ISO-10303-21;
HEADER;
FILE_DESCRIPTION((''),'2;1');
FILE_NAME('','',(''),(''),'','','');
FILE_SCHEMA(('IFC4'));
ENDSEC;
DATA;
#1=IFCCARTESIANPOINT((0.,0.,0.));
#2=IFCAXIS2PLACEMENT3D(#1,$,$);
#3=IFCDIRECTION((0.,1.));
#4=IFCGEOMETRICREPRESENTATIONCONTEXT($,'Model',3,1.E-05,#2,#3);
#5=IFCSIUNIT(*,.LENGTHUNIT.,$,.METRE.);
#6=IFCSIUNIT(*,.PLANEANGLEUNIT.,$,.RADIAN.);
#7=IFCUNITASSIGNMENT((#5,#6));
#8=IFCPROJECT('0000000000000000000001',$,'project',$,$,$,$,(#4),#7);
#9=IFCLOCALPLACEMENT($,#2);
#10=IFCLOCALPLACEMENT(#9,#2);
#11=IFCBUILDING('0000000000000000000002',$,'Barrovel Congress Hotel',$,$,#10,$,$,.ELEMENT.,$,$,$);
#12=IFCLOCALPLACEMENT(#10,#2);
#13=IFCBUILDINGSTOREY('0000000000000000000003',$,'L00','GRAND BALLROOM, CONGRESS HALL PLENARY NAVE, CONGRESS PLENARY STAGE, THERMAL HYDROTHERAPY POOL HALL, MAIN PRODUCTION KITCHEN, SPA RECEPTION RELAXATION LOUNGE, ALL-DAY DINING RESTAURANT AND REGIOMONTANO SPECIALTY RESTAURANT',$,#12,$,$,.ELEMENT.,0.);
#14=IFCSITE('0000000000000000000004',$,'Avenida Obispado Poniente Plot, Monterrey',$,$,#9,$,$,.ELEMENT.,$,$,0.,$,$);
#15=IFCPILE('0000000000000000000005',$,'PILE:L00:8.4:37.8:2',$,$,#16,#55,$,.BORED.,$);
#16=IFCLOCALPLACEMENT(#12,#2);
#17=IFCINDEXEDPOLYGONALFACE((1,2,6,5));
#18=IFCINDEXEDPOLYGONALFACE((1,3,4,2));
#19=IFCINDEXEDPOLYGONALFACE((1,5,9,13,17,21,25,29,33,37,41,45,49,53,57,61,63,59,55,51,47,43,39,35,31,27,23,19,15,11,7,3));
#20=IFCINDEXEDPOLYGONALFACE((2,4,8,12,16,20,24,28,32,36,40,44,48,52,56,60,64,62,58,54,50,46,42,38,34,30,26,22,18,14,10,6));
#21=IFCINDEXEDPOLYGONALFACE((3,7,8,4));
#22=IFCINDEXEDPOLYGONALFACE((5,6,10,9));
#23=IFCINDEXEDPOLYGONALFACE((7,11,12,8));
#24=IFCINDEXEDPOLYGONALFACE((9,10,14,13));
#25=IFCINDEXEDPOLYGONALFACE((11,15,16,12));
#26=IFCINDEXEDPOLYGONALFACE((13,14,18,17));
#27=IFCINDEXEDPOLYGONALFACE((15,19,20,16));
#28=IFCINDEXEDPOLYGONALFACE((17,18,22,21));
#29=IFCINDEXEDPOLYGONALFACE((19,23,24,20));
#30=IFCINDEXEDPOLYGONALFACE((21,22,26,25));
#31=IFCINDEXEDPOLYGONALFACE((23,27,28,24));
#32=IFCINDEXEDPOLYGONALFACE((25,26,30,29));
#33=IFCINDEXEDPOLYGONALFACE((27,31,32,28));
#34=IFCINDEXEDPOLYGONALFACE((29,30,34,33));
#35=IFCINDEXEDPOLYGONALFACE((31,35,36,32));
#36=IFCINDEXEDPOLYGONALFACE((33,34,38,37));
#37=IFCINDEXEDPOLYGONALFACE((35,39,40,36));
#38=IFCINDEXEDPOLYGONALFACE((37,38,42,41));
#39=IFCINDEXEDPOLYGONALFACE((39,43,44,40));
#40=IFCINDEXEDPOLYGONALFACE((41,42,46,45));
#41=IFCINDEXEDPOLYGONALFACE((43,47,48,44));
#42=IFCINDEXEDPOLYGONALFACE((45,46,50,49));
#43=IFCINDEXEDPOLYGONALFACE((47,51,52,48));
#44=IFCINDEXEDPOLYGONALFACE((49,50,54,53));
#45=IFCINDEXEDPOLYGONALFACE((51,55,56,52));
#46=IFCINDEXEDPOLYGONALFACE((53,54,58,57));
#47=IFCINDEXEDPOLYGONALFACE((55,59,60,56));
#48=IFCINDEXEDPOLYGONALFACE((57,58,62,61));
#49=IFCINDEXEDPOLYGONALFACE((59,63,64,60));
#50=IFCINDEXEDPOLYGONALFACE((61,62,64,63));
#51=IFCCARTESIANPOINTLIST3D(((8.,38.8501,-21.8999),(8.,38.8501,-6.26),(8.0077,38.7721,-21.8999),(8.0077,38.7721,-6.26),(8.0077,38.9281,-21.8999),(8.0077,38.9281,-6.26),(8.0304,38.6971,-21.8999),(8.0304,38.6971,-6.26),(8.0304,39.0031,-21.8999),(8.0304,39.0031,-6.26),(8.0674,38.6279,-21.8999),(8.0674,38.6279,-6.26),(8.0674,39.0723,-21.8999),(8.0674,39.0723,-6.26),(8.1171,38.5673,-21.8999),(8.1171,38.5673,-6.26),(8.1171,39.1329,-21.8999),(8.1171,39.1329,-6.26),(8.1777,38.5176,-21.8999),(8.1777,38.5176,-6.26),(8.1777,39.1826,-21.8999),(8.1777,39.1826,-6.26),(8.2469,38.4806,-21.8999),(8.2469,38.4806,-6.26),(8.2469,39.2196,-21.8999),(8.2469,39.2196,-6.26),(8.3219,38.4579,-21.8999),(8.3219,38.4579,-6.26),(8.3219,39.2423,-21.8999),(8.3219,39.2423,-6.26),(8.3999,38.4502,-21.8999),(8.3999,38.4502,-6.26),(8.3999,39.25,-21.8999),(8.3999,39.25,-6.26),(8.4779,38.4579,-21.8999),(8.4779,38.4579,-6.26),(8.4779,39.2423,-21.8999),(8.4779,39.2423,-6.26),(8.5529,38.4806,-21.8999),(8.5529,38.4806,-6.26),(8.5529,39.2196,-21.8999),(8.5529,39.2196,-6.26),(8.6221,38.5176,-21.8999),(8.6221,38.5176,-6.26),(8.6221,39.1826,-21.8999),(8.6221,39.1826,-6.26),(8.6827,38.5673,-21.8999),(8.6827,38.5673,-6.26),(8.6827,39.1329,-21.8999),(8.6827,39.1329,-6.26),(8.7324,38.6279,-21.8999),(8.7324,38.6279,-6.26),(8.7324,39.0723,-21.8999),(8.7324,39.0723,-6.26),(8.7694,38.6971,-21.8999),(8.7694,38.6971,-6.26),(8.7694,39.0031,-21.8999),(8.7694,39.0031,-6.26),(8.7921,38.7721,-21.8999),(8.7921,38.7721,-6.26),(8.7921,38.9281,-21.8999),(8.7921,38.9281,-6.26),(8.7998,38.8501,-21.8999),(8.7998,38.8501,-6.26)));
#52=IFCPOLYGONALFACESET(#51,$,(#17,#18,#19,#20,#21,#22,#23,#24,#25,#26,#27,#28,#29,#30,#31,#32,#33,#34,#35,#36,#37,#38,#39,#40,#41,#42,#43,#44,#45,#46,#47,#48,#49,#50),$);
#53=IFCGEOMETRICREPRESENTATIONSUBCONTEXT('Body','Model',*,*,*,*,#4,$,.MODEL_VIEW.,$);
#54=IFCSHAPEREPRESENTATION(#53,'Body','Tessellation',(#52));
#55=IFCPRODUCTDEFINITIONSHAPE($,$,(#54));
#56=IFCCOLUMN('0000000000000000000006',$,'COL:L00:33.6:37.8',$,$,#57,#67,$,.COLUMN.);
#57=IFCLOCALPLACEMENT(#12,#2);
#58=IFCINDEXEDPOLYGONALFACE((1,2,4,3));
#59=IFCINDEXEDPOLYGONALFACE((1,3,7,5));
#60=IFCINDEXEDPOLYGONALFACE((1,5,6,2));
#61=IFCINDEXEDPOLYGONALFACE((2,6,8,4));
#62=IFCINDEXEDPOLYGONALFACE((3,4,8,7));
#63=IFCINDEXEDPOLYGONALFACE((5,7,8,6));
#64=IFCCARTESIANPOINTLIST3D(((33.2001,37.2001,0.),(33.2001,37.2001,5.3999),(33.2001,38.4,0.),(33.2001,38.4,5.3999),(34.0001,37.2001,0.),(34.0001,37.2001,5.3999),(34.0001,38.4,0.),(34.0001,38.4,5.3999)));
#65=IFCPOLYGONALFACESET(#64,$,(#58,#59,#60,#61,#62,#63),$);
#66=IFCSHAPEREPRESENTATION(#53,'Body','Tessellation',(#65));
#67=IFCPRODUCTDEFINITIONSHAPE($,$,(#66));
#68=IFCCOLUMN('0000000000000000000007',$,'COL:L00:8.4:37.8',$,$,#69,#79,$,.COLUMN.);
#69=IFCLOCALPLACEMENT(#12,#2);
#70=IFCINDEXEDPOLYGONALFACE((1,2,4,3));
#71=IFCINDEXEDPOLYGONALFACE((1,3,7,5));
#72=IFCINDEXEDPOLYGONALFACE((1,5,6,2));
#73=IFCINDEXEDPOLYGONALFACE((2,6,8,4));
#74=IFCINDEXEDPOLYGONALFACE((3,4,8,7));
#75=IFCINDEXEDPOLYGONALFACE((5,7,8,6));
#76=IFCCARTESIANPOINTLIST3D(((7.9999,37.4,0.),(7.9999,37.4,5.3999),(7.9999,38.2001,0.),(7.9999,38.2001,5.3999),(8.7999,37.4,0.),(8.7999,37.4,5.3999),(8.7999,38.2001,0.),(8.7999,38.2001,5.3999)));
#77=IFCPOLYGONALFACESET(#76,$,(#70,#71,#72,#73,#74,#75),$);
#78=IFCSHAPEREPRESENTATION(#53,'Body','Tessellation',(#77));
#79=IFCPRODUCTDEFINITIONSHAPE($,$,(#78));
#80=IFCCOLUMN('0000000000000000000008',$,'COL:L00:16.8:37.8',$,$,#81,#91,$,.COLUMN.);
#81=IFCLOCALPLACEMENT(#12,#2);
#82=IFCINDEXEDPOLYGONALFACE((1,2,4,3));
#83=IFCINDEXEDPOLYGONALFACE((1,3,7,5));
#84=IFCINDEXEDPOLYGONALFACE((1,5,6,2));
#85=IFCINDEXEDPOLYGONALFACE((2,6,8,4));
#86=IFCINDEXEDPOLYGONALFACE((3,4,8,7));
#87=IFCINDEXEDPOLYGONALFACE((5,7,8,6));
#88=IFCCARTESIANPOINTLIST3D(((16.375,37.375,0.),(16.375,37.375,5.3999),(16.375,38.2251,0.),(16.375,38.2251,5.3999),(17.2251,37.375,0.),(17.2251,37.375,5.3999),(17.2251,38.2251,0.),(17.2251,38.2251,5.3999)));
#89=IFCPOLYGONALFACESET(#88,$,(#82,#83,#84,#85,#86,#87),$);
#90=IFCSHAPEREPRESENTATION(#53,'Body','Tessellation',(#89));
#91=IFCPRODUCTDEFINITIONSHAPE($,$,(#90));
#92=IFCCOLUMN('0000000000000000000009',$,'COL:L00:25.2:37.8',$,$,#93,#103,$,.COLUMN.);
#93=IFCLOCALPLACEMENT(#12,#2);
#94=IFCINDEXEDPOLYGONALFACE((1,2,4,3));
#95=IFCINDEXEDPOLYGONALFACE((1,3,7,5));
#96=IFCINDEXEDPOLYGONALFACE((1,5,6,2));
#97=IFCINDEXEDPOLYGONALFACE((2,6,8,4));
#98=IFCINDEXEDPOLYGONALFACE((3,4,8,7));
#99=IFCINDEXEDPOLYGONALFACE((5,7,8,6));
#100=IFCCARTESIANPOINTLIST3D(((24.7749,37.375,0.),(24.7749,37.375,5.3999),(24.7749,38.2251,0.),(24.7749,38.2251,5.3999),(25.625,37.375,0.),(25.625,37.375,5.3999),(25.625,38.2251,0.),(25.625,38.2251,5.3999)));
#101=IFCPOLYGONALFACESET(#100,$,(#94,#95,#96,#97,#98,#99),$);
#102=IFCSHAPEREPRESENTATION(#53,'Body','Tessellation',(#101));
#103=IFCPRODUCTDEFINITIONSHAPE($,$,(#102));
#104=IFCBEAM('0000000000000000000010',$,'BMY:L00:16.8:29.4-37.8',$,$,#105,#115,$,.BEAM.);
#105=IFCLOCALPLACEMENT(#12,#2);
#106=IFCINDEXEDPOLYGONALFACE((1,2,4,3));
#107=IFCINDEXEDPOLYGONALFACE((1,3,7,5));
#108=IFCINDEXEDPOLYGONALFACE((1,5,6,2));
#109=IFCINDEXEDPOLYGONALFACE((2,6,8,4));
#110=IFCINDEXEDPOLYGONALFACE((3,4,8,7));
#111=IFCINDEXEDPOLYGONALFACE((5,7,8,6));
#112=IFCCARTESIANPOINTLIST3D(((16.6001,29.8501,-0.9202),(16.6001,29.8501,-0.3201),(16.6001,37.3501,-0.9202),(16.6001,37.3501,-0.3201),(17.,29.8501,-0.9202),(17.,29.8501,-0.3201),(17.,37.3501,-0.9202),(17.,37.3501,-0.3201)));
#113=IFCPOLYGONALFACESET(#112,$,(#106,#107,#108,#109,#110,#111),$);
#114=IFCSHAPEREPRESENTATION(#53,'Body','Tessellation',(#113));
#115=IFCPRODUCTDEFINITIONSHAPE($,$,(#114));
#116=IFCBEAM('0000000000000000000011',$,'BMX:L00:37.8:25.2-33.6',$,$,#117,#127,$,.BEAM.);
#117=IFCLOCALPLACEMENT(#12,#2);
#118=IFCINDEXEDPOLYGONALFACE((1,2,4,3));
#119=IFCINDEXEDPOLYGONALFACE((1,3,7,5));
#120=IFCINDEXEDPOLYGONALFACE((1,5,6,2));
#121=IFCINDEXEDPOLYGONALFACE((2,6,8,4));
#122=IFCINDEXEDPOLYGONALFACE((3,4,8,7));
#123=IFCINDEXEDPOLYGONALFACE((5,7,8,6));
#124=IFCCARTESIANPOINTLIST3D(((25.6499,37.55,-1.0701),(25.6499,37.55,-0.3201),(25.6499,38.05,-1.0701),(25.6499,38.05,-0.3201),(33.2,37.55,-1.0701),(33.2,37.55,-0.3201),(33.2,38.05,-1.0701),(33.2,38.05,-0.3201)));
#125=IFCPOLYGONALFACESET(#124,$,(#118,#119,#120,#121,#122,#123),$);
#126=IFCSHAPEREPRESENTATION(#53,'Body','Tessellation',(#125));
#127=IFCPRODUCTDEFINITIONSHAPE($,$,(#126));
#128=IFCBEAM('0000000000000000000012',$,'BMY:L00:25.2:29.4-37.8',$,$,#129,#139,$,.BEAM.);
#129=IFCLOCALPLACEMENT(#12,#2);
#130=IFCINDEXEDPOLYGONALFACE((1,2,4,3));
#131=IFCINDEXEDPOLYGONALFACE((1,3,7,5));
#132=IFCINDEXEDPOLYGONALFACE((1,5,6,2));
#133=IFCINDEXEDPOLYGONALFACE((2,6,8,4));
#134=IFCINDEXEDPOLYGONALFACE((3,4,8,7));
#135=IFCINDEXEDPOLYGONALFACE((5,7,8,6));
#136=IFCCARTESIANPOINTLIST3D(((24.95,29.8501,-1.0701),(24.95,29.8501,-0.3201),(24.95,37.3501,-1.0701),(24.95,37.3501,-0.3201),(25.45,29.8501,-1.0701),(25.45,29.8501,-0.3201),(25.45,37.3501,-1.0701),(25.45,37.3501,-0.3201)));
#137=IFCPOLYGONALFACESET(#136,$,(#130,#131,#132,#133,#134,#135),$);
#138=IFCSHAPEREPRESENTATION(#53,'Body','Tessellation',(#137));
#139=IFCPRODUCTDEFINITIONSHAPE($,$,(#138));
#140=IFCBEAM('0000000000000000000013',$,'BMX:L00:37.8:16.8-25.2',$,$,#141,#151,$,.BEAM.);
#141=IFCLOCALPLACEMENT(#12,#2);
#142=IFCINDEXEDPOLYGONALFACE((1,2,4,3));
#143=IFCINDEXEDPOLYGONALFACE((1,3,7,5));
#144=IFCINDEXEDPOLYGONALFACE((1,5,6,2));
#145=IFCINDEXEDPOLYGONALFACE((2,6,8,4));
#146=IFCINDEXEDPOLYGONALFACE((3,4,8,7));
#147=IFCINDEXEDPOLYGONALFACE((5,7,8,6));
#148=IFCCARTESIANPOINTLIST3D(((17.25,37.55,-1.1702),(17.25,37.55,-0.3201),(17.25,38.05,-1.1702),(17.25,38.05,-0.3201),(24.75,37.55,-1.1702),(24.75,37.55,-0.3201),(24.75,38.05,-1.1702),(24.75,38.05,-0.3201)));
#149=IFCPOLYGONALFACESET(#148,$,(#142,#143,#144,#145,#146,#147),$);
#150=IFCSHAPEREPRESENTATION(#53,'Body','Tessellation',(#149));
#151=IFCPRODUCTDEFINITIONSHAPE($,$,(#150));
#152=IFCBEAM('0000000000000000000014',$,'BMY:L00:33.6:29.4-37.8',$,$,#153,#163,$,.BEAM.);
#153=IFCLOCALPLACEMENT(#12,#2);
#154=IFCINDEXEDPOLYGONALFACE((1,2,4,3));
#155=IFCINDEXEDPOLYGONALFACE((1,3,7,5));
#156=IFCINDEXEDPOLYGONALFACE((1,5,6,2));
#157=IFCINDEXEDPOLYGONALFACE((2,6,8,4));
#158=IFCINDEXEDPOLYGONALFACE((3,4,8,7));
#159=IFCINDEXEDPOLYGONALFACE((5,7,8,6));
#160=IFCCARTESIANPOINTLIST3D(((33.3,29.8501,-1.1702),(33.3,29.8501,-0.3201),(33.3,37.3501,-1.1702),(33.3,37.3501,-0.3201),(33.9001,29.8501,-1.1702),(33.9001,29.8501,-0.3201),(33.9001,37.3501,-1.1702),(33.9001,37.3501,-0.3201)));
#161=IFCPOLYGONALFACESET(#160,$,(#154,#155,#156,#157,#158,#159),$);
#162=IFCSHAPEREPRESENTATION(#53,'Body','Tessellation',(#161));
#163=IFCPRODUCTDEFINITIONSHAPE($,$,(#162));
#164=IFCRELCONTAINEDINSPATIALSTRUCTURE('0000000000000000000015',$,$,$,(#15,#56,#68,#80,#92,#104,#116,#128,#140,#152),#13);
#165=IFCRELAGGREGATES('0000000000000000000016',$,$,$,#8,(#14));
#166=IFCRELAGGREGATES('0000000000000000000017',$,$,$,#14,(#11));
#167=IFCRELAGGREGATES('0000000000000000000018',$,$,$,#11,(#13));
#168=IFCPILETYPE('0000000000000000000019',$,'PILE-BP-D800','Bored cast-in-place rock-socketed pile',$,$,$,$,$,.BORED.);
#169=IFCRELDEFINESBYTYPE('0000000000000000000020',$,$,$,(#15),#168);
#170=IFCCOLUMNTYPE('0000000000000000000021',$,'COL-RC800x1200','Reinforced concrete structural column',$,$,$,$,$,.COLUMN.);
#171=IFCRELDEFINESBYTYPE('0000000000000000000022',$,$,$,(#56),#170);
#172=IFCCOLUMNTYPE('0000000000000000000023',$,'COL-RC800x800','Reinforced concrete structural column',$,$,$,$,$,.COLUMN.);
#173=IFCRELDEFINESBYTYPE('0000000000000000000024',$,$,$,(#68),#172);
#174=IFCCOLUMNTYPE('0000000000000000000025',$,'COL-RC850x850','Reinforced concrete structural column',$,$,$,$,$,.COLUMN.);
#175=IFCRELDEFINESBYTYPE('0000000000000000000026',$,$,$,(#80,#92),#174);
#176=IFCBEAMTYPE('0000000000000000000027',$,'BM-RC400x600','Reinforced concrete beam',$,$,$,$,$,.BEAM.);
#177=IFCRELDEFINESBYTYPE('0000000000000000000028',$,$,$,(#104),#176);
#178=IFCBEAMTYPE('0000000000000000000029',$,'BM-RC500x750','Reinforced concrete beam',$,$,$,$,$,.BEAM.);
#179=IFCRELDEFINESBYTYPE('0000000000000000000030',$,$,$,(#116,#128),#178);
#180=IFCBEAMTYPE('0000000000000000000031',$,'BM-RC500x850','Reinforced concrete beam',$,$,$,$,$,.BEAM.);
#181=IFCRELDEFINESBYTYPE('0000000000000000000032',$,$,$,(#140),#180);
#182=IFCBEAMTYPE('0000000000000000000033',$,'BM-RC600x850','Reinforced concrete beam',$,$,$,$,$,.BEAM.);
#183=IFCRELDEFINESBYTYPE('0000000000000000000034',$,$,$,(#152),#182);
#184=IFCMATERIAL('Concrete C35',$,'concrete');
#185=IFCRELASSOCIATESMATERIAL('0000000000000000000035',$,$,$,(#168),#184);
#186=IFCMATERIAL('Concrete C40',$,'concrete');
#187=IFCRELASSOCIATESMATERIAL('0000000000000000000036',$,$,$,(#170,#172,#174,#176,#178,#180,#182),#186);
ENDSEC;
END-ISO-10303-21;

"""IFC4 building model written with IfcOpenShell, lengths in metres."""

from ifc_helpers import new_model, si_unit, direction, frame, origin, origin_2d, place, context, subcontext, project, spatial, rectangle, circle, extrude, material, material_profile, profile_set, type_object, element, save


model = new_model("IFC4")

# Units and contexts
model_context = context("Model", 3, precision=1e-05, world=origin(), true_north=direction((0.0, 1.0)))
body_context = subcontext(model_context, "Body", "Model", "MODEL_VIEW")
ifc_project = project(units=[si_unit("LENGTHUNIT", "METRE"), si_unit("PLANEANGLEUNIT", "RADIAN")], contexts=[model_context])

# Site, building, storey
site_placement = place(None, origin())
site = spatial("IfcSite", under=ifc_project, at=site_placement, Name="Avenida Obispado Poniente Plot, Monterrey", CompositionType="ELEMENT", RefElevation=0.0)
building_placement = place(site_placement, origin())
building = spatial("IfcBuilding", under=site, at=building_placement, Name="Barrovel Congress Hotel", CompositionType="ELEMENT")
storey_placement = place(building_placement, origin())
storey = spatial("IfcBuildingStorey", under=building, at=storey_placement, Name="L00", Description="GRAND BALLROOM, CONGRESS HALL PLENARY NAVE, CONGRESS PLENARY STAGE, THERMAL HYDROTHERAPY POOL HALL, MAIN PRODUCTION KITCHEN, SPA RECEPTION RELAXATION LOUNGE, ALL-DAY DINING RESTAURANT AND REGIOMONTANO SPECIALTY RESTAURANT", CompositionType="ELEMENT", Elevation=0.0)

# Shared definitions
ifc_material_1 = material(Name="Concrete C40", Category="concrete")

# Pile
ifc_material_2 = material(Name="Concrete C35", Category="concrete")
ifc_material_profile_1 = material_profile(ifc_material_2, circle(Radius=0.3999, at=origin_2d()), Name="BP-D800")
ifc_profile_set_1 = profile_set([ifc_material_profile_1], Name="Concrete C35")
pile_type_1 = type_object("IfcPileType", Name="PILE-BP-D800", Description="Bored cast-in-place rock-socketed pile", PredefinedType="BORED", material=ifc_profile_set_1)
for number, where, z_axis, x_axis, name in (
    (1, (8.3999, 38.8501, -6.26), (0.0, 0.0, -1.0), (1.0, 0.0, 0.0), "PILE:L00:8.4:37.8:2"),
):
    element("IfcPile", number, at=place(storey_placement, frame(where, z_axis=z_axis, x_axis=x_axis)), inside=storey, type_object=pile_type_1, Name=name, PredefinedType="BORED", context=body_context, shape_type="SweptSolid", body=[
        extrude(circle(Radius=0.3999, at=origin_2d()), origin(), (0.0, 0.0, 1.0), 15.6399),
    ])

# Columns
ifc_material_profile_2 = material_profile(ifc_material_1, rectangle(XDim=0.8, YDim=1.2, at=origin_2d()), Name="RC800x1200")
ifc_profile_set_2 = profile_set([ifc_material_profile_2], Name="Concrete C40")
column_type_1 = type_object("IfcColumnType", Name="COL-RC800x1200", Description="Reinforced concrete structural column", PredefinedType="COLUMN", material=ifc_profile_set_2)
column_1_placement = place(storey_placement, frame((33.6001, 37.8, 0.0), z_axis=(0.0, 0.0, 1.0), x_axis=(1.0, 0.0, 0.0)))
element("IfcColumn", 2, at=column_1_placement, inside=storey, type_object=column_type_1, Name="COL:L00:33.6:37.8", PredefinedType="COLUMN", context=body_context, shape_type="SweptSolid", body=[
    extrude(rectangle(XDim=0.8, YDim=1.2, at=origin_2d()), origin(), (0.0, 0.0, 1.0), 5.3999),
])
ifc_material_profile_3 = material_profile(ifc_material_1, rectangle(XDim=0.8, YDim=0.8, at=origin_2d()), Name="RC800x800")
ifc_profile_set_3 = profile_set([ifc_material_profile_3], Name="Concrete C40")
column_type_2 = type_object("IfcColumnType", Name="COL-RC800x800", Description="Reinforced concrete structural column", PredefinedType="COLUMN", material=ifc_profile_set_3)
column_2_placement = place(storey_placement, frame((8.3999, 37.8, 0.0), z_axis=(0.0, 0.0, 1.0), x_axis=(1.0, 0.0, 0.0)))
element("IfcColumn", 3, at=column_2_placement, inside=storey, type_object=column_type_2, Name="COL:L00:8.4:37.8", PredefinedType="COLUMN", context=body_context, shape_type="SweptSolid", body=[
    extrude(rectangle(XDim=0.8, YDim=0.8, at=origin_2d()), origin(), (0.0, 0.0, 1.0), 5.3999),
])
ifc_material_profile_4 = material_profile(ifc_material_1, rectangle(XDim=0.8501, YDim=0.8501, at=origin_2d()), Name="RC850x850")
ifc_profile_set_4 = profile_set([ifc_material_profile_4], Name="Concrete C40")
column_type_3 = type_object("IfcColumnType", Name="COL-RC850x850", Description="Reinforced concrete structural column", PredefinedType="COLUMN", material=ifc_profile_set_4)
for number, where, z_axis, x_axis, name in (
    (4, (16.8, 37.8, 0.0), (0.0, 0.0, 1.0), (1.0, 0.0, 0.0), "COL:L00:16.8:37.8"),
    (5, (25.2, 37.8, 0.0), (0.0, 0.0, 1.0), (1.0, 0.0, 0.0), "COL:L00:25.2:37.8"),
):
    element("IfcColumn", number, at=place(storey_placement, frame(where, z_axis=z_axis, x_axis=x_axis)), inside=storey, type_object=column_type_3, Name=name, PredefinedType="COLUMN", context=body_context, shape_type="SweptSolid", body=[
        extrude(rectangle(XDim=0.8501, YDim=0.8501, at=origin_2d()), origin(), (0.0, 0.0, 1.0), 5.3999),
    ])

# Beams
ifc_material_profile_5 = material_profile(ifc_material_1, rectangle(XDim=0.3999, YDim=0.6001, at=origin_2d()), Name="RC400x600")
ifc_profile_set_5 = profile_set([ifc_material_profile_5], Name="Concrete C40")
beam_type_1 = type_object("IfcBeamType", Name="BM-RC400x600", Description="Reinforced concrete beam", PredefinedType="BEAM", material=ifc_profile_set_5)
beam_1_placement = place(storey_placement, frame((16.8, 29.8501, -0.6201), z_axis=(0.0, 1.0, 0.0), x_axis=(-1.0, 0.0, 0.0)))
element("IfcBeam", 6, at=beam_1_placement, inside=storey, type_object=beam_type_1, Name="BMY:L00:16.8:29.4-37.8", PredefinedType="BEAM", context=body_context, shape_type="SweptSolid", body=[
    extrude(rectangle(XDim=0.3999, YDim=0.6001, at=origin_2d()), origin(), (0.0, 0.0, 1.0), 7.5),
])
ifc_material_profile_6 = material_profile(ifc_material_1, rectangle(XDim=0.5, YDim=0.75, at=origin_2d()), Name="RC500x750")
ifc_profile_set_6 = profile_set([ifc_material_profile_6], Name="Concrete C40")
beam_type_2 = type_object("IfcBeamType", Name="BM-RC500x750", Description="Reinforced concrete beam", PredefinedType="BEAM", material=ifc_profile_set_6)
beam_2_placement = place(storey_placement, frame((25.6499, 37.8, -0.6951), z_axis=(1.0, 0.0, 0.0), x_axis=(0.0, 1.0, 0.0)))
element("IfcBeam", 7, at=beam_2_placement, inside=storey, type_object=beam_type_2, Name="BMX:L00:37.8:25.2-33.6", PredefinedType="BEAM", context=body_context, shape_type="SweptSolid", body=[
    extrude(rectangle(XDim=0.5, YDim=0.75, at=origin_2d()), origin(), (0.0, 0.0, 1.0), 7.55),
])
beam_3_placement = place(storey_placement, frame((25.2, 29.8501, -0.6951), z_axis=(0.0, 1.0, 0.0), x_axis=(-1.0, 0.0, 0.0)))
element("IfcBeam", 8, at=beam_3_placement, inside=storey, type_object=beam_type_2, Name="BMY:L00:25.2:29.4-37.8", PredefinedType="BEAM", context=body_context, shape_type="SweptSolid", body=[
    extrude(rectangle(XDim=0.5, YDim=0.75, at=origin_2d()), origin(), (0.0, 0.0, 1.0), 7.5),
])
ifc_material_profile_7 = material_profile(ifc_material_1, rectangle(XDim=0.5, YDim=0.8501, at=origin_2d()), Name="RC500x850")
ifc_profile_set_7 = profile_set([ifc_material_profile_7], Name="Concrete C40")
beam_type_3 = type_object("IfcBeamType", Name="BM-RC500x850", Description="Reinforced concrete beam", PredefinedType="BEAM", material=ifc_profile_set_7)
beam_4_placement = place(storey_placement, frame((17.25, 37.8, -0.7451), z_axis=(1.0, 0.0, 0.0), x_axis=(0.0, 1.0, 0.0)))
element("IfcBeam", 9, at=beam_4_placement, inside=storey, type_object=beam_type_3, Name="BMX:L00:37.8:16.8-25.2", PredefinedType="BEAM", context=body_context, shape_type="SweptSolid", body=[
    extrude(rectangle(XDim=0.5, YDim=0.8501, at=origin_2d()), origin(), (0.0, 0.0, 1.0), 7.5),
])
ifc_material_profile_8 = material_profile(ifc_material_1, rectangle(XDim=0.6001, YDim=0.8501, at=origin_2d()), Name="RC600x850")
ifc_profile_set_8 = profile_set([ifc_material_profile_8], Name="Concrete C40")
beam_type_4 = type_object("IfcBeamType", Name="BM-RC600x850", Description="Reinforced concrete beam", PredefinedType="BEAM", material=ifc_profile_set_8)
beam_5_placement = place(storey_placement, frame((33.6001, 29.8501, -0.7451), z_axis=(0.0, 1.0, 0.0), x_axis=(-1.0, 0.0, 0.0)))
element("IfcBeam", 10, at=beam_5_placement, inside=storey, type_object=beam_type_4, Name="BMY:L00:33.6:29.4-37.8", PredefinedType="BEAM", context=body_context, shape_type="SweptSolid", body=[
    extrude(rectangle(XDim=0.6001, YDim=0.8501, at=origin_2d()), origin(), (0.0, 0.0, 1.0), 7.5),
])

save(model, "model.ifc")
